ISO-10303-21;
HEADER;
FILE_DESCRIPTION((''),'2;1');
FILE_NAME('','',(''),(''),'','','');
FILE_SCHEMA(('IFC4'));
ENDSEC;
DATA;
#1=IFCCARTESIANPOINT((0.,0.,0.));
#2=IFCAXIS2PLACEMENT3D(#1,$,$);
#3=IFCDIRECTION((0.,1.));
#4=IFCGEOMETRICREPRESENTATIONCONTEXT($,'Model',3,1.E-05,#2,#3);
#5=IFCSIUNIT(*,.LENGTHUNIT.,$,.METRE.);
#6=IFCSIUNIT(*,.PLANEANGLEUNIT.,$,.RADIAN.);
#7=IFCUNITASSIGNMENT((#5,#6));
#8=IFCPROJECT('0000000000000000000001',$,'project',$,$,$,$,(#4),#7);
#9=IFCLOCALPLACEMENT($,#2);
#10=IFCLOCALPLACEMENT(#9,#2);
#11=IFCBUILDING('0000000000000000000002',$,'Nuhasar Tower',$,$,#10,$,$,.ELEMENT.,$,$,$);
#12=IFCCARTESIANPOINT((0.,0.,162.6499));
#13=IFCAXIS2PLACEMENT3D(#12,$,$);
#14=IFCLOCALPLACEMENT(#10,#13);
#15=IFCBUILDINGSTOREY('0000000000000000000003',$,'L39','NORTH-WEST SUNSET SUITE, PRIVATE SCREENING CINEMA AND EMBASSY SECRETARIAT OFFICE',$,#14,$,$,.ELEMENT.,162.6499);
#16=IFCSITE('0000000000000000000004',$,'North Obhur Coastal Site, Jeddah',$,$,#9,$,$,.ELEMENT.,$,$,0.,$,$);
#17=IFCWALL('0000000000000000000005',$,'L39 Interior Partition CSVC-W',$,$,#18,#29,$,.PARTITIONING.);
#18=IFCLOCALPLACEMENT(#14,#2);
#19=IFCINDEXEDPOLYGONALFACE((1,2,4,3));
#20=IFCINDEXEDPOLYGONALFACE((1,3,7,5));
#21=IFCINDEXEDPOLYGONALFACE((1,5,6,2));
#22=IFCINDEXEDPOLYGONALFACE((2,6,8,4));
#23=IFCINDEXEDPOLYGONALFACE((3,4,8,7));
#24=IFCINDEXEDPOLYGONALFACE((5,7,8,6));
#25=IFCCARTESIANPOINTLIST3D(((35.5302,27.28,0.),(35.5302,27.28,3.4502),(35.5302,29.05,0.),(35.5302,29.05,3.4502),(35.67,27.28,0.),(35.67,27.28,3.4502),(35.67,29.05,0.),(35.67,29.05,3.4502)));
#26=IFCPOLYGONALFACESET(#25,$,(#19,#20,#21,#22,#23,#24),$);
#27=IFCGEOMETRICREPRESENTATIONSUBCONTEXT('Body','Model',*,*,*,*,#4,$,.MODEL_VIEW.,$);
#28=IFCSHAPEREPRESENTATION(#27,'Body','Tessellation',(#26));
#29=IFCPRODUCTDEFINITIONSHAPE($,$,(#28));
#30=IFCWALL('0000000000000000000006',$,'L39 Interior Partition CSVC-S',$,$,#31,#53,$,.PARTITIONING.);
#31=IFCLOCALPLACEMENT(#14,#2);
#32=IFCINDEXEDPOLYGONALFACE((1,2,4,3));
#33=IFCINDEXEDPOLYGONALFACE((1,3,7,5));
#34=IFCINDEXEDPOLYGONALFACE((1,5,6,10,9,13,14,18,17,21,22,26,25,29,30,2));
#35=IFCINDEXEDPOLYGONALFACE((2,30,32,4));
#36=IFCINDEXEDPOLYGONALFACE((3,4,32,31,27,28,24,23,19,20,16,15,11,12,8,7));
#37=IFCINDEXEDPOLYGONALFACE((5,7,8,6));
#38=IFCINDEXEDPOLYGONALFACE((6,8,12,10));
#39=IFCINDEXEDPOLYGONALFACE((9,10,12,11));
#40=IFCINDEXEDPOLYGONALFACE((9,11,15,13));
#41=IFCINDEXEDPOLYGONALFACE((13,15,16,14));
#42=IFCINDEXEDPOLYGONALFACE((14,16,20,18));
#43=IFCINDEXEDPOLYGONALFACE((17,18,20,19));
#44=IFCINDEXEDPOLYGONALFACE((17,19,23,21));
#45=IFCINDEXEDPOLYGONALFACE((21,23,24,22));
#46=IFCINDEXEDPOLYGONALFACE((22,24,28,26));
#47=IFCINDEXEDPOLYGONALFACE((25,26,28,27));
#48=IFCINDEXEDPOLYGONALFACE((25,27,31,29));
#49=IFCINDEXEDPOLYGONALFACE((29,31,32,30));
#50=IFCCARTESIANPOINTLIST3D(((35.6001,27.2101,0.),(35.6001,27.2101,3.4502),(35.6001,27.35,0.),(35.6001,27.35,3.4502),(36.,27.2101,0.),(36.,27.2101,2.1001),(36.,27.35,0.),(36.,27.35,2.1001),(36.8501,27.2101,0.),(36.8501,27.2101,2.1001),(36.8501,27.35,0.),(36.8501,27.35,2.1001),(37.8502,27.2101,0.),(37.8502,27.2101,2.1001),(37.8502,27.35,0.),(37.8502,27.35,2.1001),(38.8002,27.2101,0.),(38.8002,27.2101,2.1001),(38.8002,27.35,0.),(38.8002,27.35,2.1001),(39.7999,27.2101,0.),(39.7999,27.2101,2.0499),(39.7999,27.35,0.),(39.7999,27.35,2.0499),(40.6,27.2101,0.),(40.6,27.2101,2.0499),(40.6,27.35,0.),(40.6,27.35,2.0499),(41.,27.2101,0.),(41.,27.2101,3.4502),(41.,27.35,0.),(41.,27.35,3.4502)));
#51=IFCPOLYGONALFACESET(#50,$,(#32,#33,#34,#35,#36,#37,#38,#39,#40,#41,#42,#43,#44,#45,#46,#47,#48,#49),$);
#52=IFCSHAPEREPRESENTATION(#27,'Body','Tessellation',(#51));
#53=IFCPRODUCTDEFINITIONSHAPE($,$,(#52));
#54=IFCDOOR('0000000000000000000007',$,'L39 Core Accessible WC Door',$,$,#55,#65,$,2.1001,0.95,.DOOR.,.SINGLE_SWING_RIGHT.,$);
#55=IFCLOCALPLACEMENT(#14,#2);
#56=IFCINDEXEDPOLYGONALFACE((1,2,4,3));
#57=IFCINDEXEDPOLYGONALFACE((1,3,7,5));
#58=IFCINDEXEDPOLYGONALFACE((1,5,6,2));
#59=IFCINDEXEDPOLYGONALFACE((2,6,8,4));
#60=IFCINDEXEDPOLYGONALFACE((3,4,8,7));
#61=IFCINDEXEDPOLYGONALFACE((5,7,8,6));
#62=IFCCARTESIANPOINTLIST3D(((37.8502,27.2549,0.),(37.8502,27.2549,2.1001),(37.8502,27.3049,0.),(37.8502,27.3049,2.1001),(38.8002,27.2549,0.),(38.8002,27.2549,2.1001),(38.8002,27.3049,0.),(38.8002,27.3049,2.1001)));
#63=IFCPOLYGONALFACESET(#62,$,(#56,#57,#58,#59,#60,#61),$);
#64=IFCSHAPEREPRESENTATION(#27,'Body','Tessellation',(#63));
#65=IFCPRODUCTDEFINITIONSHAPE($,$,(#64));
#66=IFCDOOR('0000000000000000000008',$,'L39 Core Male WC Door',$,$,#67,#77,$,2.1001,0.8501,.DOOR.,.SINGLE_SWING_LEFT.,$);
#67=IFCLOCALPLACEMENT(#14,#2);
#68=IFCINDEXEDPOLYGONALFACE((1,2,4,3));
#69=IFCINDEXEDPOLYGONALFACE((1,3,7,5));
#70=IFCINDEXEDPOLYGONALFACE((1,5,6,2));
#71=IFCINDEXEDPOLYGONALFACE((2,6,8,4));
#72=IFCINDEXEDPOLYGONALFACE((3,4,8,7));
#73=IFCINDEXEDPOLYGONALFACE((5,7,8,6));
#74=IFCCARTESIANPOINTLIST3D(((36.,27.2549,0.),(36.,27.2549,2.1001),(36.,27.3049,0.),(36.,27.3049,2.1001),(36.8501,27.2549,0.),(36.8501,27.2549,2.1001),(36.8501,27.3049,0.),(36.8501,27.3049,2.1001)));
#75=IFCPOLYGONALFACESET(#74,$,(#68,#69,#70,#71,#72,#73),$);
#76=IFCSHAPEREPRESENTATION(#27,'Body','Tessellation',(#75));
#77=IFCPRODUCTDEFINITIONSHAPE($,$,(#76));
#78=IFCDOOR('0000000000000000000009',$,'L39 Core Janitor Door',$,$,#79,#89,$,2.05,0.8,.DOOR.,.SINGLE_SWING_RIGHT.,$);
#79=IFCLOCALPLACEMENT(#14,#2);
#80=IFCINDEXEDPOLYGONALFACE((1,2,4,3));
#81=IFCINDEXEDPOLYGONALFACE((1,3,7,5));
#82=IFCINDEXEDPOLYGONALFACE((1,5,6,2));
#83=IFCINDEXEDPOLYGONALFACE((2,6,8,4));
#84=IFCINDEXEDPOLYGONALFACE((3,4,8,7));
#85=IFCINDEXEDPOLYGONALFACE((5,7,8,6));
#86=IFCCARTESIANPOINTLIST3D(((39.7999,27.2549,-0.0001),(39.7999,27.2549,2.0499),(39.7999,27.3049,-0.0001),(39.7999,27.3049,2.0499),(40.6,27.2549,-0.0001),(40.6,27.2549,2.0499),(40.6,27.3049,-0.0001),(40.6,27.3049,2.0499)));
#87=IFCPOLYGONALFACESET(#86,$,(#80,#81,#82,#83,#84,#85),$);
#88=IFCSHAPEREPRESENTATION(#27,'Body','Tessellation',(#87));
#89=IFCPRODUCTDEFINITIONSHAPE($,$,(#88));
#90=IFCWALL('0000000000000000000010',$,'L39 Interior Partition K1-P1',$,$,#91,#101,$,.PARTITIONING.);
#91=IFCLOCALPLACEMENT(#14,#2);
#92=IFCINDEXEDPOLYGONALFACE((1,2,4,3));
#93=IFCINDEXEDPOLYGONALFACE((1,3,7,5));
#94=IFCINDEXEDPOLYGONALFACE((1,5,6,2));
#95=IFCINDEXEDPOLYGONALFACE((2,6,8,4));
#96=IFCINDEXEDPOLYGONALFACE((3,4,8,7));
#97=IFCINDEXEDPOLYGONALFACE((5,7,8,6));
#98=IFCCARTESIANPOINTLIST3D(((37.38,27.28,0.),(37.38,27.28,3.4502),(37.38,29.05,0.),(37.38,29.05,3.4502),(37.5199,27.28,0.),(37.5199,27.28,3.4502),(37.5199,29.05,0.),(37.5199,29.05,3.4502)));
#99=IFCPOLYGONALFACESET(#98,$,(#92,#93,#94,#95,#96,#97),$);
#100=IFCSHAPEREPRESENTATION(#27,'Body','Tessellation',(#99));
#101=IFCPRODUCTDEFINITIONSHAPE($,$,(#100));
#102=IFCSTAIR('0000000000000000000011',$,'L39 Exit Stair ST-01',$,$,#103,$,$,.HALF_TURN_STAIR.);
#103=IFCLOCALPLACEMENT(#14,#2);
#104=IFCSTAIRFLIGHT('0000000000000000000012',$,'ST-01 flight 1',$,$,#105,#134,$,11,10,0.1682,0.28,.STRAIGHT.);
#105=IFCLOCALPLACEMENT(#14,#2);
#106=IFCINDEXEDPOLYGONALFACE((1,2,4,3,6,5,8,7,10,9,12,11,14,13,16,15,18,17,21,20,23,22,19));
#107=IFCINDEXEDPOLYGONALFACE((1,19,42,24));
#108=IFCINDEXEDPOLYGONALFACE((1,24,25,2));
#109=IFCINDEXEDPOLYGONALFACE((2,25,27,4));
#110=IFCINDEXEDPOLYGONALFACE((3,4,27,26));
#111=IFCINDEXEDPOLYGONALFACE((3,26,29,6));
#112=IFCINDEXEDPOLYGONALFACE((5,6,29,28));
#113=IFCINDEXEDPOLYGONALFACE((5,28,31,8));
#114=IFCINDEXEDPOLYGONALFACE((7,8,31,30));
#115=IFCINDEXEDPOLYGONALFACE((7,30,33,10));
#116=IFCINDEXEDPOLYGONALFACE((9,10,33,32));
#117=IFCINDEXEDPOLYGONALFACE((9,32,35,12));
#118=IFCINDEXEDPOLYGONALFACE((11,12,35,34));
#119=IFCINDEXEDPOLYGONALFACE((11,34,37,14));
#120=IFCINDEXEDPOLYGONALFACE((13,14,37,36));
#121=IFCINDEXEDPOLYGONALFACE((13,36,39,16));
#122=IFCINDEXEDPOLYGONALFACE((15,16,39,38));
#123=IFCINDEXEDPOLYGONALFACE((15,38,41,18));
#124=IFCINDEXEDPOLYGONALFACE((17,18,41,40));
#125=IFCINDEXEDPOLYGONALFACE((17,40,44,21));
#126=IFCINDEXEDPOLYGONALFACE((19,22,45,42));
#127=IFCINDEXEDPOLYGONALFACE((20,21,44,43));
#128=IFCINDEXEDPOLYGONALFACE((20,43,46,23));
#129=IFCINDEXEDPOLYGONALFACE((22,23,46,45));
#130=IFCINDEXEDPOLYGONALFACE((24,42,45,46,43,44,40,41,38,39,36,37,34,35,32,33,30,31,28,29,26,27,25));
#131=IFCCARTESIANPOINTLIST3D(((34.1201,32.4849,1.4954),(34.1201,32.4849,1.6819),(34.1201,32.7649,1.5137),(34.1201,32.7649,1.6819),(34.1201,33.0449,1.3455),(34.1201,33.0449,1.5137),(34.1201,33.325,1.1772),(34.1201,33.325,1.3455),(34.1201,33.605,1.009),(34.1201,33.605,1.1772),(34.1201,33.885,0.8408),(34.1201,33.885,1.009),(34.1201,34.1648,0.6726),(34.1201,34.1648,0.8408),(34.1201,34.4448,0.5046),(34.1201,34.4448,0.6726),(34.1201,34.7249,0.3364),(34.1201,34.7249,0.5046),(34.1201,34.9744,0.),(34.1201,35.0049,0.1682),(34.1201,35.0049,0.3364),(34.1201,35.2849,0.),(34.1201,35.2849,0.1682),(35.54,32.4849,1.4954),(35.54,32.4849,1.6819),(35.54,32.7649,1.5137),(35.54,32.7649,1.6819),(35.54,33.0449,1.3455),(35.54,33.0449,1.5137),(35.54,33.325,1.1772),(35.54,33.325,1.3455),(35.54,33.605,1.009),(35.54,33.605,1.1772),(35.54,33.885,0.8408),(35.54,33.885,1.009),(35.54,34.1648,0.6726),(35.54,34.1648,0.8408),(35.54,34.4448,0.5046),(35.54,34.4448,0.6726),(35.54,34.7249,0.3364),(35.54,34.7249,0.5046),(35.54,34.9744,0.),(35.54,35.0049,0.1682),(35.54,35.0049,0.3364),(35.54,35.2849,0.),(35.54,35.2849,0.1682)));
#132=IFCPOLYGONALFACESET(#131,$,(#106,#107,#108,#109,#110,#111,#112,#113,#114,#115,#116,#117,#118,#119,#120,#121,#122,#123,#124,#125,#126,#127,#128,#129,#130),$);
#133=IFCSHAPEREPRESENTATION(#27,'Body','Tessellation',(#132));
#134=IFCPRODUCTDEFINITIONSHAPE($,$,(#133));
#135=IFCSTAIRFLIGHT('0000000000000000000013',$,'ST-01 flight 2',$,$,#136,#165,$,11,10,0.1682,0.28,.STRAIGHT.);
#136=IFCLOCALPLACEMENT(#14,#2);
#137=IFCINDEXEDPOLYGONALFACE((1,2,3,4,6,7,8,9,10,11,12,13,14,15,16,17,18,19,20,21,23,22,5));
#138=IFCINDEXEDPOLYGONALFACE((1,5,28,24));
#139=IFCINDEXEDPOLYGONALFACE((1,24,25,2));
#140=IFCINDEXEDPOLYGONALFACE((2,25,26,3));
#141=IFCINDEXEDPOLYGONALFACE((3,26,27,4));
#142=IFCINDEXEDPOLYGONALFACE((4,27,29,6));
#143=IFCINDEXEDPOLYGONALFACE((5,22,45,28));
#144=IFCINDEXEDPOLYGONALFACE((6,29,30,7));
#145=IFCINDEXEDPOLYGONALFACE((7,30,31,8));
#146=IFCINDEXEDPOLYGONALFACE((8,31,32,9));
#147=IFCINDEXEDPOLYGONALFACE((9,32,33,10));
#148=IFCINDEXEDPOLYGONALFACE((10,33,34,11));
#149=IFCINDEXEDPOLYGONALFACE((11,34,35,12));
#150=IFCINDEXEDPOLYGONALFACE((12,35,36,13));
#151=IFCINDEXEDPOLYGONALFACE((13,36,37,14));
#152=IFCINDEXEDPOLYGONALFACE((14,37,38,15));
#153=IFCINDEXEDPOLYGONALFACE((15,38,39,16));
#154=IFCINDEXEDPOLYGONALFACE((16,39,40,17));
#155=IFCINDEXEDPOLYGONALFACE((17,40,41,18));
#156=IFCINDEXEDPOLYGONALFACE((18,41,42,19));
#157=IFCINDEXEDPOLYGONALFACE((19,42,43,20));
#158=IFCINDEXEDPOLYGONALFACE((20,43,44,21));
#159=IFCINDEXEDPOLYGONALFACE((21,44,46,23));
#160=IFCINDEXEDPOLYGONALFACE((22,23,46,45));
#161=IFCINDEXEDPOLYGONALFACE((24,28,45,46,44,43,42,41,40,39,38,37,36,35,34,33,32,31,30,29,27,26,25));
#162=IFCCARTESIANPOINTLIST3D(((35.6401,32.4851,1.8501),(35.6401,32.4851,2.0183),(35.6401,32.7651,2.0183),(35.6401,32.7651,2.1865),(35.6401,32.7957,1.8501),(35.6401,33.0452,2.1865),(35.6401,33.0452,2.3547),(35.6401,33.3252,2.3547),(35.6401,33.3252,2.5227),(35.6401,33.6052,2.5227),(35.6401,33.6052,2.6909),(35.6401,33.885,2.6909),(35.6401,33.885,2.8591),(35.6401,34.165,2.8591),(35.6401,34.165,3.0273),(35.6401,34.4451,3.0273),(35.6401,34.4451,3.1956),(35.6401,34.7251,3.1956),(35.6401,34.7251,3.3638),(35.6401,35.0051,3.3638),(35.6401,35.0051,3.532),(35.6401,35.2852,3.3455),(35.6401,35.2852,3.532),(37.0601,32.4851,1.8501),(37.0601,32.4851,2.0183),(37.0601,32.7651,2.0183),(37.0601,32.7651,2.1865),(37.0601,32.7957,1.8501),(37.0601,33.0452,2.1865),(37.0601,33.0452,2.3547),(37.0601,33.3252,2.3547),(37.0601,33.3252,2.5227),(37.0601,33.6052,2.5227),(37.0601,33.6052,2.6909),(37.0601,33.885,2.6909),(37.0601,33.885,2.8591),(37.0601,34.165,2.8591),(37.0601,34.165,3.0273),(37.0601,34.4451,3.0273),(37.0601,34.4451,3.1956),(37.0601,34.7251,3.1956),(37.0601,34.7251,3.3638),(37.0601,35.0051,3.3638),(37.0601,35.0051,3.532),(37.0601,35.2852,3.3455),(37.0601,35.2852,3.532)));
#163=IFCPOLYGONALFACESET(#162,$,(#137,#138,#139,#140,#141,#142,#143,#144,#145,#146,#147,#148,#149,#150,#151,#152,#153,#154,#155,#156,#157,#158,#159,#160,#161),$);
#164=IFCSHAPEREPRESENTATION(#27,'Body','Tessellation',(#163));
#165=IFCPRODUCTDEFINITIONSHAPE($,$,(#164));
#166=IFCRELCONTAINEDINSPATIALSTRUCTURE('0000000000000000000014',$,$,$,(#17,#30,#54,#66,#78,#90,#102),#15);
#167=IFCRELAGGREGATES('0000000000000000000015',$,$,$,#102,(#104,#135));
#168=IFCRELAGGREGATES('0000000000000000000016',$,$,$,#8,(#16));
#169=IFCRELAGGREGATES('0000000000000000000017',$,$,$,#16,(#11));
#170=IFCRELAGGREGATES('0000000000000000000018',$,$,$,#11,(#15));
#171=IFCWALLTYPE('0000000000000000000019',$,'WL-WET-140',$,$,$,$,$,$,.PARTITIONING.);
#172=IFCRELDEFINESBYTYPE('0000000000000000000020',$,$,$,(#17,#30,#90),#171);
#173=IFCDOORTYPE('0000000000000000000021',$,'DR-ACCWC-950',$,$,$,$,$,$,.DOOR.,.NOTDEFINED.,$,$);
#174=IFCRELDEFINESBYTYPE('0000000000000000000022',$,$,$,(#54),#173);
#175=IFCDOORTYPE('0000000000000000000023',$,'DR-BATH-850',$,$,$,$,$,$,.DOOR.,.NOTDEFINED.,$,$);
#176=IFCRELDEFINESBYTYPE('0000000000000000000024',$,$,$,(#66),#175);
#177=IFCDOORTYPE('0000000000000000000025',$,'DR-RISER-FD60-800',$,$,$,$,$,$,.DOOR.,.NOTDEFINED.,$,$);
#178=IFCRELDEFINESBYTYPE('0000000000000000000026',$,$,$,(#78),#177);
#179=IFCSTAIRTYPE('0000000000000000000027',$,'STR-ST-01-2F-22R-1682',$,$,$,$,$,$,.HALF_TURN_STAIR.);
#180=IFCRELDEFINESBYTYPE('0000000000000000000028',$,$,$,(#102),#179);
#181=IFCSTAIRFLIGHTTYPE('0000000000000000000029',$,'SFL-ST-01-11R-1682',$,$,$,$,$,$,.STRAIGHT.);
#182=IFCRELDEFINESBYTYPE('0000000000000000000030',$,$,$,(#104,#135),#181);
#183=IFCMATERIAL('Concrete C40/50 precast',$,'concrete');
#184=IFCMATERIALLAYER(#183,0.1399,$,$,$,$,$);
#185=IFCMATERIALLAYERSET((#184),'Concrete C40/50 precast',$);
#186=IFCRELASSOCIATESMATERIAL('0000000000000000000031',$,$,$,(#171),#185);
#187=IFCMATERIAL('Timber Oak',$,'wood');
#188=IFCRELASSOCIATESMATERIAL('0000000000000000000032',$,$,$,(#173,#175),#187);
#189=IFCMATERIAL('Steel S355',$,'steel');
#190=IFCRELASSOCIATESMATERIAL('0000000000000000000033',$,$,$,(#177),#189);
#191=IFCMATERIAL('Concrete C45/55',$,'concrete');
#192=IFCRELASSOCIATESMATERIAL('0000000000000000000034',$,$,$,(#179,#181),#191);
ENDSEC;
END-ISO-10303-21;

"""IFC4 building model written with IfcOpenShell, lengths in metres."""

from ifc_helpers import new_model, si_unit, direction, frame, frame_2d, origin, place, context, subcontext, project, spatial, polyline, rectangle, outline, extrude, material, layer, layer_set, type_object, element, fill, aggregate, save


model = new_model("IFC4")

# Units and contexts
model_context = context("Model", 3, precision=1e-05, world=origin(), true_north=direction((0.0, 1.0)))
body_context = subcontext(model_context, "Body", "Model", "MODEL_VIEW")
ifc_project = project(units=[si_unit("LENGTHUNIT", "METRE"), si_unit("PLANEANGLEUNIT", "RADIAN")], contexts=[model_context])

# Site, building, storey
site_placement = place(None, origin())
site = spatial("IfcSite", under=ifc_project, at=site_placement, Name="North Obhur Coastal Site, Jeddah", CompositionType="ELEMENT", RefElevation=0.0)
building_placement = place(site_placement, origin())
building = spatial("IfcBuilding", under=site, at=building_placement, Name="Nuhasar Tower", CompositionType="ELEMENT")
storey_placement = place(building_placement, frame((0.0, 0.0, 162.6499)))
storey = spatial("IfcBuildingStorey", under=building, at=storey_placement, Name="L39", Description="NORTH-WEST SUNSET SUITE, PRIVATE SCREENING CINEMA AND EMBASSY SECRETARIAT OFFICE", CompositionType="ELEMENT", Elevation=162.6499)

# Shared definitions
ifc_material_1 = material(Name="Steel S355", Category="steel")

# Wall
ifc_material_2 = material(Name="Concrete C40/50 precast", Category="concrete")
ifc_layer_1 = layer(ifc_material_2, 0.1399)
ifc_layer_set_1 = layer_set([ifc_layer_1], Name="Concrete C40/50 precast")
wall_type_1 = type_object("IfcWallType", Name="WL-WET-140", PredefinedType="PARTITIONING", material=ifc_layer_set_1)
wall_1_placement = place(storey_placement, frame((35.6001, 27.28, 0.0), z_axis=(0.0, 0.0, 1.0), x_axis=(0.0, 1.0, 0.0)))
element("IfcWall", 1, at=wall_1_placement, inside=storey, type_object=wall_type_1, Name="L39 Interior Partition CSVC-W", PredefinedType="PARTITIONING", context=body_context, shape_type="SweptSolid", body=[
    extrude(rectangle(XDim=1.77, YDim=0.1399, at=frame_2d((0.885, 0.0))), origin(), (0.0, 0.0, 1.0), 3.4502),
])

# Wall, openings, doors
wall_2_placement = place(storey_placement, frame((35.6001, 27.28, 0.0), z_axis=(0.0, 0.0, 1.0), x_axis=(1.0, 0.0, 0.0)))
wall_2 = element("IfcWall", 2, at=wall_2_placement, inside=storey, type_object=wall_type_1, Name="L39 Interior Partition CSVC-S", PredefinedType="PARTITIONING", context=body_context, shape_type="SweptSolid", body=[
    extrude(rectangle(XDim=5.3999, YDim=0.1399, at=frame_2d((2.7, 0.0))), origin(), (0.0, 0.0, 1.0), 3.4502),
])
opening_1_placement = place(wall_2_placement, frame((0.3999, 0.0, 0.0)))
opening_1 = element("IfcOpeningElement", 3, at=opening_1_placement, cuts=wall_2, PredefinedType="OPENING", context=body_context, shape_type="SweptSolid", body=[
    extrude(rectangle(XDim=0.8501, YDim=2.1001, at=frame_2d((0.425, 1.05))), frame((0.0, 0.0801, 0.0), z_axis=(0.0, -1.0, 0.0), x_axis=(1.0, 0.0, 0.0)), (0.0, 0.0, 1.0), 0.1599),
])
opening_2_placement = place(wall_2_placement, frame((2.25, 0.0, 0.0)))
opening_2 = element("IfcOpeningElement", 4, at=opening_2_placement, cuts=wall_2, PredefinedType="OPENING", context=body_context, shape_type="SweptSolid", body=[
    extrude(rectangle(XDim=0.95, YDim=2.1001, at=frame_2d((0.4751, 1.05))), frame((0.0, 0.0801, 0.0), z_axis=(0.0, -1.0, 0.0), x_axis=(1.0, 0.0, 0.0)), (0.0, 0.0, 1.0), 0.1599),
])
opening_3_placement = place(wall_2_placement, frame((4.2, 0.0, 0.0)))
opening_3 = element("IfcOpeningElement", 5, at=opening_3_placement, cuts=wall_2, PredefinedType="OPENING", context=body_context, shape_type="SweptSolid", body=[
    extrude(rectangle(XDim=0.8, YDim=2.05, at=frame_2d((0.3999, 1.0249))), frame((0.0, 0.0801, 0.0), z_axis=(0.0, -1.0, 0.0), x_axis=(1.0, 0.0, 0.0)), (0.0, 0.0, 1.0), 0.1599),
])
ifc_material_3 = material(Name="Timber Oak", Category="wood")
door_type_1 = type_object("IfcDoorType", Name="DR-ACCWC-950", OperationType="NOTDEFINED", PredefinedType="DOOR", material=ifc_material_3)
door_1_placement = place(opening_2_placement, origin())
door_1 = element("IfcDoor", 6, at=door_1_placement, inside=storey, type_object=door_type_1, Name="L39 Core Accessible WC Door", OperationType="SINGLE_SWING_RIGHT", OverallHeight=2.1001, OverallWidth=0.95, PredefinedType="DOOR", context=body_context, shape_type="SweptSolid", body=[
    extrude(rectangle(XDim=0.95, YDim=2.1001, at=frame_2d((0.4751, 1.05))), frame((0.0, 0.0249, 0.0), z_axis=(0.0, -1.0, 0.0), x_axis=(1.0, 0.0, 0.0)), (0.0, 0.0, 1.0), 0.05),
])
fill(opening_2, door_1)
door_type_2 = type_object("IfcDoorType", Name="DR-BATH-850", OperationType="NOTDEFINED", PredefinedType="DOOR", material=ifc_material_3)
door_2_placement = place(opening_1_placement, origin())
door_2 = element("IfcDoor", 7, at=door_2_placement, inside=storey, type_object=door_type_2, Name="L39 Core Male WC Door", OperationType="SINGLE_SWING_LEFT", OverallHeight=2.1001, OverallWidth=0.8501, PredefinedType="DOOR", context=body_context, shape_type="SweptSolid", body=[
    extrude(rectangle(XDim=0.8501, YDim=2.1001, at=frame_2d((0.425, 1.05))), frame((0.0, 0.0249, 0.0), z_axis=(0.0, -1.0, 0.0), x_axis=(1.0, 0.0, 0.0)), (0.0, 0.0, 1.0), 0.05),
])
fill(opening_1, door_2)
door_type_3 = type_object("IfcDoorType", Name="DR-RISER-FD60-800", OperationType="NOTDEFINED", PredefinedType="DOOR", material=ifc_material_1)
door_3_placement = place(opening_3_placement, origin())
door_3 = element("IfcDoor", 8, at=door_3_placement, inside=storey, type_object=door_type_3, Name="L39 Core Janitor Door", OperationType="SINGLE_SWING_RIGHT", OverallHeight=2.05, OverallWidth=0.8, PredefinedType="DOOR", context=body_context, shape_type="SweptSolid", body=[
    extrude(rectangle(XDim=0.8, YDim=2.05, at=frame_2d((0.3999, 1.0249))), frame((0.0, 0.0249, 0.0), z_axis=(0.0, -1.0, 0.0), x_axis=(1.0, 0.0, 0.0)), (0.0, 0.0, 1.0), 0.05),
])
fill(opening_3, door_3)

# Wall
wall_3_placement = place(storey_placement, frame((37.45, 27.28, 0.0), z_axis=(0.0, 0.0, 1.0), x_axis=(0.0, 1.0, 0.0)))
element("IfcWall", 9, at=wall_3_placement, inside=storey, type_object=wall_type_1, Name="L39 Interior Partition K1-P1", PredefinedType="PARTITIONING", context=body_context, shape_type="SweptSolid", body=[
    extrude(rectangle(XDim=1.77, YDim=0.1399, at=frame_2d((0.885, 0.0))), origin(), (0.0, 0.0, 1.0), 3.4502),
])

# Stair, stair flights
ifc_material_4 = material(Name="Concrete C45/55", Category="concrete")
stair_type_1 = type_object("IfcStairType", Name="STR-ST-01-2F-22R-1682", PredefinedType="HALF_TURN_STAIR", material=ifc_material_4)
stair_1_placement = place(storey_placement, origin())
stair_1 = element("IfcStair", 10, at=stair_1_placement, inside=storey, type_object=stair_type_1, Name="L39 Exit Stair ST-01", PredefinedType="HALF_TURN_STAIR")
stair_flight_type_1 = type_object("IfcStairFlightType", Name="SFL-ST-01-11R-1682", PredefinedType="STRAIGHT", material=ifc_material_4)
stair_flight_1_placement = place(storey_placement, frame((34.8301, 35.2849, 0.0), z_axis=(0.0, 0.0, 1.0), x_axis=(0.0, -1.0, 0.0)))
stair_flight_1 = element("IfcStairFlight", 11, at=stair_flight_1_placement, type_object=stair_flight_type_1, Name="ST-01 flight 1", NumberOfRisers=11, NumberOfTreads=10, PredefinedType="STRAIGHT", RiserHeight=0.1682, TreadLength=0.28, context=body_context, shape_type="SweptSolid", body=[
    extrude(outline(polyline([(0.0, 0.0), (0.0, 0.1682), (0.28, 0.1682), (0.28, 0.3364), (0.5601, 0.3364), (0.5601, 0.5046), (0.8401, 0.5046), (0.8401, 0.6726), (1.1201, 0.6726), (1.1201, 0.8408), (1.3999, 0.8408), (1.3999, 1.009), (1.6799, 1.009), (1.6799, 1.1772), (1.96, 1.1772), (1.96, 1.3455), (2.24, 1.3455), (2.24, 1.5137), (2.52, 1.5137), (2.52, 1.6819), (2.8, 1.6819), (2.8, 1.8501), (2.8, 1.4954), (0.3105, 0.0), (0.0, 0.0)])), frame((0.0, 0.71, 0.0), z_axis=(0.0, -1.0, 0.0), x_axis=(1.0, 0.0, 0.0)), (0.0, 0.0, 1.0), 1.4199),
])
stair_flight_2_placement = place(storey_placement, frame((36.3501, 32.4851, 1.8501), z_axis=(0.0, 0.0, 1.0), x_axis=(0.0, 1.0, 0.0)))
stair_flight_2 = element("IfcStairFlight", 12, at=stair_flight_2_placement, type_object=stair_flight_type_1, Name="ST-01 flight 2", NumberOfRisers=11, NumberOfTreads=10, PredefinedType="STRAIGHT", RiserHeight=0.1682, TreadLength=0.28, context=body_context, shape_type="SweptSolid", body=[
    extrude(outline(polyline([(0.0, 0.0), (0.0, 0.1682), (0.28, 0.1682), (0.28, 0.3364), (0.5601, 0.3364), (0.5601, 0.5046), (0.8401, 0.5046), (0.8401, 0.6726), (1.1201, 0.6726), (1.1201, 0.8408), (1.3999, 0.8408), (1.3999, 1.009), (1.6799, 1.009), (1.6799, 1.1772), (1.96, 1.1772), (1.96, 1.3455), (2.24, 1.3455), (2.24, 1.5137), (2.52, 1.5137), (2.52, 1.6819), (2.8, 1.6819), (2.8, 1.8501), (2.8, 1.4954), (0.3105, 0.0), (0.0, 0.0)])), frame((0.0, 0.71, 0.0), z_axis=(0.0, -1.0, 0.0), x_axis=(1.0, 0.0, 0.0)), (0.0, 0.0, 1.0), 1.4199),
])
aggregate(stair_1, [stair_flight_1, stair_flight_2])

save(model, "model.ifc")
